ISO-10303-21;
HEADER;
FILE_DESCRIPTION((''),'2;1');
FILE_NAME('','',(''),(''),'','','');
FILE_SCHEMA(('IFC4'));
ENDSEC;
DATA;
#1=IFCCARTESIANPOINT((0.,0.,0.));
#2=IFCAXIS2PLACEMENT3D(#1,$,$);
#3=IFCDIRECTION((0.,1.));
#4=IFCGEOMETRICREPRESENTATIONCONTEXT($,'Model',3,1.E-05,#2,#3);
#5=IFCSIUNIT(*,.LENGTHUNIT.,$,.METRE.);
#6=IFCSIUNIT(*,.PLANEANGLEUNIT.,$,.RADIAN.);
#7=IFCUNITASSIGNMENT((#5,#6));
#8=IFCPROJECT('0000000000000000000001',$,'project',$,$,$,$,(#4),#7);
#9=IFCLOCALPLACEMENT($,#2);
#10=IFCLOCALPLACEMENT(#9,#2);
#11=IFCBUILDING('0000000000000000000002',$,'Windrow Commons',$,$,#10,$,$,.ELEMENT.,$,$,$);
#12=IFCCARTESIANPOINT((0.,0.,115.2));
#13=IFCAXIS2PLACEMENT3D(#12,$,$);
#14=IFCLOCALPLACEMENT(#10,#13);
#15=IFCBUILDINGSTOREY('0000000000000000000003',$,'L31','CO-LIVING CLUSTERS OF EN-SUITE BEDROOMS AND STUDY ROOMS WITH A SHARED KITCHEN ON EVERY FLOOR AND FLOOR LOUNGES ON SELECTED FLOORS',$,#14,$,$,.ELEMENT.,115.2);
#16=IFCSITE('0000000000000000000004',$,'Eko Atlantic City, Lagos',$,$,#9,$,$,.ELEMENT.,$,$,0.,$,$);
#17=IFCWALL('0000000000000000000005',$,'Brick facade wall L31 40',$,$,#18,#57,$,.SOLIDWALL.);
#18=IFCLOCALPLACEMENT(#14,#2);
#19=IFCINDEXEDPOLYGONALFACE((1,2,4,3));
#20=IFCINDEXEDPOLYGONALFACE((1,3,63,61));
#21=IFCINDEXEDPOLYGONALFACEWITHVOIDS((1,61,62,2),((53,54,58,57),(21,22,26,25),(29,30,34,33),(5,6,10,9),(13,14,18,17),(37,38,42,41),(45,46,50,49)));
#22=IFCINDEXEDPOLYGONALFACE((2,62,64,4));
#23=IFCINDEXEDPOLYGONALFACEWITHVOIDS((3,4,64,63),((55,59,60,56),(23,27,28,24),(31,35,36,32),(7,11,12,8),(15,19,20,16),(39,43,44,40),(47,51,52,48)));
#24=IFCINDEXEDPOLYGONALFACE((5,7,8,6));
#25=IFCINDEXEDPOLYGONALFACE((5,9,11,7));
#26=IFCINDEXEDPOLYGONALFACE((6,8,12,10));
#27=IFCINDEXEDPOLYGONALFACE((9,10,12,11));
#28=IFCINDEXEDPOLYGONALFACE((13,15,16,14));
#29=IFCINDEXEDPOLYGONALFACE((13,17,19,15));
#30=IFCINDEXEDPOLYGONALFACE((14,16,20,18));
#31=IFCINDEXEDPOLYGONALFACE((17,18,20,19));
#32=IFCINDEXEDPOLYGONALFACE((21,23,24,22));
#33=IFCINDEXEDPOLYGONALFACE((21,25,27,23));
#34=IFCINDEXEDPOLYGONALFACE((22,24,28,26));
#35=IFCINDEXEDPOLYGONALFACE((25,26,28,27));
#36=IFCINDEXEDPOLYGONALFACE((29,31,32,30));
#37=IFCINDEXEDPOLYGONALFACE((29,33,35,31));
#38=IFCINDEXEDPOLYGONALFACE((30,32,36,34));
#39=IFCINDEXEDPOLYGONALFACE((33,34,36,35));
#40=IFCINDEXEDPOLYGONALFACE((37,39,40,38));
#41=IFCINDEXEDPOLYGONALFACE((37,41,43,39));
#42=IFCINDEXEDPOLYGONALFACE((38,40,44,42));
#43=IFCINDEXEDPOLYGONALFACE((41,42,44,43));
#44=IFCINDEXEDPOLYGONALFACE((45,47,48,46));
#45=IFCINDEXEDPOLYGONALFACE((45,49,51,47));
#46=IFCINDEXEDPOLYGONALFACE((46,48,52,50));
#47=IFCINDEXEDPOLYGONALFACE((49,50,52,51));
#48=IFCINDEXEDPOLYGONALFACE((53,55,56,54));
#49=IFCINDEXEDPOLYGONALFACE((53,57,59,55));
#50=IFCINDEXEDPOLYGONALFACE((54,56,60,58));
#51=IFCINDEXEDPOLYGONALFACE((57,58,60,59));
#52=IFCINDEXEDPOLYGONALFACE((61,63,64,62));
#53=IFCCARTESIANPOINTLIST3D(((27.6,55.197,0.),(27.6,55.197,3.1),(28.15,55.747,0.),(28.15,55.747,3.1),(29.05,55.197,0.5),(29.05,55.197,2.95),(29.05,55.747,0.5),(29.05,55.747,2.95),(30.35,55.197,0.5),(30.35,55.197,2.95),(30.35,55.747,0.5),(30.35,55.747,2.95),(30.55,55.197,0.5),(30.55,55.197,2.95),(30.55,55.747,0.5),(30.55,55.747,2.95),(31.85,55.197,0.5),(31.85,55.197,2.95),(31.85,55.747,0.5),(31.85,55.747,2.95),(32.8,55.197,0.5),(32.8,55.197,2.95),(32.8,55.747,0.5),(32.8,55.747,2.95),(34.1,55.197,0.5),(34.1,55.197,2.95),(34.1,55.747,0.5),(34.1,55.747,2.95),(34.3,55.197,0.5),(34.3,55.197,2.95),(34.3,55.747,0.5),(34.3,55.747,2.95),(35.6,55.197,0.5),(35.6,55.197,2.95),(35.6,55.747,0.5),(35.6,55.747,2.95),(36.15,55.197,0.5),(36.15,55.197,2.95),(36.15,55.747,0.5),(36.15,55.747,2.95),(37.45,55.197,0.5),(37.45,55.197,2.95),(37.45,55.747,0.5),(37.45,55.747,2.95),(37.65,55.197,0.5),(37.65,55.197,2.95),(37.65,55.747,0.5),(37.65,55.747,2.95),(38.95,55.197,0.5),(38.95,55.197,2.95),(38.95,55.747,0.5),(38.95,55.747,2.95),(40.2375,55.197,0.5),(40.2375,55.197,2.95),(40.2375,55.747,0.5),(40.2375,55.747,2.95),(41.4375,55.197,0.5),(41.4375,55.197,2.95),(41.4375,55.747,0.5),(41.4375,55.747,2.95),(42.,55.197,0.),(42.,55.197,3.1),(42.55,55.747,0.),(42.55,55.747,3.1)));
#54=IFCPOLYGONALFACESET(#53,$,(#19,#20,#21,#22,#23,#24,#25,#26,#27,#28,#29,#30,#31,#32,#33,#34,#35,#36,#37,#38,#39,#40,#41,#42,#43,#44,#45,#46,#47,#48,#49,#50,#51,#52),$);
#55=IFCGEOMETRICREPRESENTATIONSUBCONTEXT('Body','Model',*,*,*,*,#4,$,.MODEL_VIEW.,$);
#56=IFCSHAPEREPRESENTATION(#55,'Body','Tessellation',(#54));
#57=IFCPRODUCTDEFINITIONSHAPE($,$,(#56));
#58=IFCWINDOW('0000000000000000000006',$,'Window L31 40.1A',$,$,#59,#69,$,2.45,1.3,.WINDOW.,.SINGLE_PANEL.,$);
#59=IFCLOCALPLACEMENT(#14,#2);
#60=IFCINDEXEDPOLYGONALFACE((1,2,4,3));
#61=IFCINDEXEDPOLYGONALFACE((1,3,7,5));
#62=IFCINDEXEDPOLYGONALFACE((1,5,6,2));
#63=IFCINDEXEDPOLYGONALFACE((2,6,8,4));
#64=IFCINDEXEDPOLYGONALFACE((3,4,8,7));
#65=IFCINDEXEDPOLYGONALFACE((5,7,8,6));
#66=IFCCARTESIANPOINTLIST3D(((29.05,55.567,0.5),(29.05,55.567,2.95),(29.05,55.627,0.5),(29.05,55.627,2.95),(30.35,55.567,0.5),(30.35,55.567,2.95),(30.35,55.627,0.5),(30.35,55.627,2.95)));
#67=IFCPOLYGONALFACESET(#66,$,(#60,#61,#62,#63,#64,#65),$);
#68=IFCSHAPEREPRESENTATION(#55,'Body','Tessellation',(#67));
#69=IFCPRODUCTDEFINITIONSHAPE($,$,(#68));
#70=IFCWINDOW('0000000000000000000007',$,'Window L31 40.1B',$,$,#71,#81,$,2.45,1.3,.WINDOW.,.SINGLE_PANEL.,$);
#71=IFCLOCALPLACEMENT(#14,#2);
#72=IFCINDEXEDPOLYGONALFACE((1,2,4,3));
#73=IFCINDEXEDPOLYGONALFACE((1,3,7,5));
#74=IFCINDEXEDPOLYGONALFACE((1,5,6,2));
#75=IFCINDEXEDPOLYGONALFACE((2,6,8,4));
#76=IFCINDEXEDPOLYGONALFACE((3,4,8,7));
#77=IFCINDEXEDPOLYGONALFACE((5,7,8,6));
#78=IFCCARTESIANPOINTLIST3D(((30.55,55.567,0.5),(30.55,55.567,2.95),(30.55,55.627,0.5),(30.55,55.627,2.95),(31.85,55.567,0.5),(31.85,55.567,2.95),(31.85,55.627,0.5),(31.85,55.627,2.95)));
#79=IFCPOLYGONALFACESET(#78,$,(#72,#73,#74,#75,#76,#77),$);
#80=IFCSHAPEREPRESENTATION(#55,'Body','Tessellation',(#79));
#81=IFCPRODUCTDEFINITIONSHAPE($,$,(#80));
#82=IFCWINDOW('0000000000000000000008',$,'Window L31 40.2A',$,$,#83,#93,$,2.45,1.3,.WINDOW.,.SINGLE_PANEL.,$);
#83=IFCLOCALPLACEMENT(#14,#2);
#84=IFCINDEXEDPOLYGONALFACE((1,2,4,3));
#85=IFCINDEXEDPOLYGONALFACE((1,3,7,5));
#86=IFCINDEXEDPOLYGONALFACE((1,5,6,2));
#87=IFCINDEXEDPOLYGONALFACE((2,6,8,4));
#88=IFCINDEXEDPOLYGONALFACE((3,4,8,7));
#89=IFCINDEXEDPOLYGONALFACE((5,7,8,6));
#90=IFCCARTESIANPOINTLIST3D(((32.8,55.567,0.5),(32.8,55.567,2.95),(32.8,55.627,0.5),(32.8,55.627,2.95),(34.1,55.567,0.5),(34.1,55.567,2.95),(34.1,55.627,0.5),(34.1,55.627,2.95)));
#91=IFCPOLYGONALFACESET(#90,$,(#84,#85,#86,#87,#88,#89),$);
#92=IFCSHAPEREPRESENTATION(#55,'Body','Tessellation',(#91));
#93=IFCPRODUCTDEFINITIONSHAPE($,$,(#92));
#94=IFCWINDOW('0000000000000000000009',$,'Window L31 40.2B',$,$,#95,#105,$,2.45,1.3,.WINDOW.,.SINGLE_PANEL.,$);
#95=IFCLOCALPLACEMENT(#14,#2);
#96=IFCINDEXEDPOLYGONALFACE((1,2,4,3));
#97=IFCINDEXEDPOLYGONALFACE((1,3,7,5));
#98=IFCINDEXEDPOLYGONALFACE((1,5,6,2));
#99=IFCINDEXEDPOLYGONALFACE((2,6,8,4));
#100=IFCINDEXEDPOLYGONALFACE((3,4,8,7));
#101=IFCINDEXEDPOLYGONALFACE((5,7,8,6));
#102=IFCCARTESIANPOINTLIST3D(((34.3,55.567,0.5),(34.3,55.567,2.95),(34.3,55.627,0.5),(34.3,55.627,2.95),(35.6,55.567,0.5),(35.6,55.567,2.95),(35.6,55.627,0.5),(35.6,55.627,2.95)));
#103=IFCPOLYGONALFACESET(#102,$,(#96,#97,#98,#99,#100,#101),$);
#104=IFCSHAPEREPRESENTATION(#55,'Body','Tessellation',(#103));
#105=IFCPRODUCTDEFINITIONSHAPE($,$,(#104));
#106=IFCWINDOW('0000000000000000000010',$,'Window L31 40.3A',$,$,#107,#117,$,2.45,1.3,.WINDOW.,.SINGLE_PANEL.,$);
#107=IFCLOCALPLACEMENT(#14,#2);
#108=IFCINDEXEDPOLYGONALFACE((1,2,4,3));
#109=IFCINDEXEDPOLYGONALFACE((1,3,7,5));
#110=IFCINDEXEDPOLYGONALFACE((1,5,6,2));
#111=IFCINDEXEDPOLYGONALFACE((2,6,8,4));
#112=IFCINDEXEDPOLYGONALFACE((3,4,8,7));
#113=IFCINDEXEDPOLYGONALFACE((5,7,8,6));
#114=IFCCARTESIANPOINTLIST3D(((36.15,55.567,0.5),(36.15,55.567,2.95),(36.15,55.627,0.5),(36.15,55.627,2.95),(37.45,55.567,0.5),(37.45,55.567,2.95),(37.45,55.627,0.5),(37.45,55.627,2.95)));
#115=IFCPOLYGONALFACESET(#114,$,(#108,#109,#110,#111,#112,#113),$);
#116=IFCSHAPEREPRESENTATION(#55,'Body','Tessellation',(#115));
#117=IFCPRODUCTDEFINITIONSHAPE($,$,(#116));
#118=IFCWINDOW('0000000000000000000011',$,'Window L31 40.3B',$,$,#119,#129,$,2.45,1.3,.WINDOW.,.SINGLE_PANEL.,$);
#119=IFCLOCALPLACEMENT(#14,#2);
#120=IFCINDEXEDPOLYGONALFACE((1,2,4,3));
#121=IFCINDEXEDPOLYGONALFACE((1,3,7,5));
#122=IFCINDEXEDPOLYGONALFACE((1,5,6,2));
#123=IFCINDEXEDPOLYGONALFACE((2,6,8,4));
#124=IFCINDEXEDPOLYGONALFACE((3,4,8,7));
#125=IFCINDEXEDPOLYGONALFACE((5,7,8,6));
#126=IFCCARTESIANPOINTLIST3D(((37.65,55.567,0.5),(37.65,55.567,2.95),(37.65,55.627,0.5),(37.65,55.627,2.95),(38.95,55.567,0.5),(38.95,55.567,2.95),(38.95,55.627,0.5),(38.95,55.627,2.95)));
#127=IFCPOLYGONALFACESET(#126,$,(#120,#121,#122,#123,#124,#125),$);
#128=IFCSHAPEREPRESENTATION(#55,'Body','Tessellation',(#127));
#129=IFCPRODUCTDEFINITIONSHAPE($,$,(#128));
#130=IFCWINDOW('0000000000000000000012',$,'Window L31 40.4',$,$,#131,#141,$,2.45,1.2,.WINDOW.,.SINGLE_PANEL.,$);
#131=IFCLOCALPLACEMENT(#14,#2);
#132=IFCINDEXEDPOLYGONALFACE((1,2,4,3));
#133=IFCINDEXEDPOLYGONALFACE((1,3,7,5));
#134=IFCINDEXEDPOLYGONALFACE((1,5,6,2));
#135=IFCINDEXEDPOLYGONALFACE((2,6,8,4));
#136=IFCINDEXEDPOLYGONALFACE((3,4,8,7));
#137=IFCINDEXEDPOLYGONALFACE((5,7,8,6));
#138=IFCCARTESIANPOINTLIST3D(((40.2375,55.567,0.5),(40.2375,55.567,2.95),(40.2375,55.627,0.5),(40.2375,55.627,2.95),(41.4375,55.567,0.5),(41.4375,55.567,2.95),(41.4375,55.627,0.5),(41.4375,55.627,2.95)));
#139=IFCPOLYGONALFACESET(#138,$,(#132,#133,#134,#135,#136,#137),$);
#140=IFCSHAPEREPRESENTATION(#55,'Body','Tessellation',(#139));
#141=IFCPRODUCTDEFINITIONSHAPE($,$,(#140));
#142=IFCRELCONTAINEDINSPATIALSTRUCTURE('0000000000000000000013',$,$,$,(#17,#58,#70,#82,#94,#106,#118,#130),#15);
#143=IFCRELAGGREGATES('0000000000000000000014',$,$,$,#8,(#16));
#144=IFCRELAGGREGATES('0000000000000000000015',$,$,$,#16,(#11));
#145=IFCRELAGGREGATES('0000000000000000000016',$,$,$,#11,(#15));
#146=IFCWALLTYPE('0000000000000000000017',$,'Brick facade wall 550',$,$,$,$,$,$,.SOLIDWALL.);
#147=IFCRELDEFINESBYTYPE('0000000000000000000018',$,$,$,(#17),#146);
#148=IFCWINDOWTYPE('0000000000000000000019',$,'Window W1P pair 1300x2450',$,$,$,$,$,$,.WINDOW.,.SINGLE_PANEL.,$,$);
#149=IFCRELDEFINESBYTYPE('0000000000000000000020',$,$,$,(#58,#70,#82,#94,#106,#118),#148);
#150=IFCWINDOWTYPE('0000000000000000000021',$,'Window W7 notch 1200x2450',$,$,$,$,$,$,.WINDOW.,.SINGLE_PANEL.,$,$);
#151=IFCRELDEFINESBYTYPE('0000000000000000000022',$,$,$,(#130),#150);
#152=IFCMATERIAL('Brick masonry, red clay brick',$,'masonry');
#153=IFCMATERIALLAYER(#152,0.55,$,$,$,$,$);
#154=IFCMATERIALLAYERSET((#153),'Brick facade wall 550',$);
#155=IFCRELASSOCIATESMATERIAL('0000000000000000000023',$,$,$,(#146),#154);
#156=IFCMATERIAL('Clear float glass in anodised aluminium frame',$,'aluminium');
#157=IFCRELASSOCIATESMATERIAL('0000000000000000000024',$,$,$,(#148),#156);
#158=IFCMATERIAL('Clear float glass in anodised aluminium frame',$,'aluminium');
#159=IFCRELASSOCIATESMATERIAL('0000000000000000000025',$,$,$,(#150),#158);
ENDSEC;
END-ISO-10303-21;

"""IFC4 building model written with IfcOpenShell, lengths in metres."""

from ifc_helpers import new_model, si_unit, direction, frame, frame_2d, origin, place, context, subcontext, project, spatial, polyline, rectangle, outline, extrude, material, layer, layer_set, type_object, element, fill, save


model = new_model("IFC4")

# Units and contexts
model_context = context("Model", 3, precision=1e-05, world=origin(), true_north=direction((0.0, 1.0)))
body_context = subcontext(model_context, "Body", "Model", "MODEL_VIEW")
ifc_project = project(units=[si_unit("LENGTHUNIT", "METRE"), si_unit("PLANEANGLEUNIT", "RADIAN")], contexts=[model_context])

# Site, building, storey
site_placement = place(None, origin())
site = spatial("IfcSite", under=ifc_project, at=site_placement, Name="Eko Atlantic City, Lagos", CompositionType="ELEMENT", RefElevation=0.0)
building_placement = place(site_placement, origin())
building = spatial("IfcBuilding", under=site, at=building_placement, Name="Windrow Commons", CompositionType="ELEMENT")
storey_placement = place(building_placement, frame((0.0, 0.0, 115.2)))
storey = spatial("IfcBuildingStorey", under=building, at=storey_placement, Name="L31", Description="CO-LIVING CLUSTERS OF EN-SUITE BEDROOMS AND STUDY ROOMS WITH A SHARED KITCHEN ON EVERY FLOOR AND FLOOR LOUNGES ON SELECTED FLOORS", CompositionType="ELEMENT", Elevation=115.2)

# Wall, openings, windows
ifc_material_1 = material(Name="Brick masonry, red clay brick", Category="masonry")
ifc_layer_1 = layer(ifc_material_1, 0.55)
ifc_layer_set_1 = layer_set([ifc_layer_1], Name="Brick facade wall 550")
wall_type_1 = type_object("IfcWallType", Name="Brick facade wall 550", PredefinedType="SOLIDWALL", material=ifc_layer_set_1)
wall_1_placement = place(storey_placement, frame((27.875, 55.472, 0.0), z_axis=(0.0, 0.0, 1.0), x_axis=(1.0, 0.0, 0.0)))
wall_1 = element("IfcWall", 1, at=wall_1_placement, inside=storey, type_object=wall_type_1, Name="Brick facade wall L31 40", PredefinedType="SOLIDWALL", context=body_context, shape_type="SweptSolid", body=[
    extrude(outline(polyline([(-0.275, -0.275), (14.125, -0.275), (14.675, 0.275), (0.275, 0.275), (-0.275, -0.275)])), origin(), (0.0, 0.0, 1.0), 3.1),
])
opening_1_placement = place(wall_1_placement, frame((1.175, 0.0, 0.5)))
opening_1 = element("IfcOpeningElement", 2, at=opening_1_placement, cuts=wall_1, PredefinedType="OPENING", context=body_context, shape_type="SweptSolid", body=[
    extrude(rectangle(XDim=1.3, YDim=2.45, at=frame_2d((0.65, 1.225))), frame((0.0, 0.285, 0.0), z_axis=(0.0, -1.0, 0.0), x_axis=(1.0, 0.0, 0.0)), (0.0, 0.0, 1.0), 0.57),
])
opening_2_placement = place(wall_1_placement, frame((2.675, 0.0, 0.5)))
opening_2 = element("IfcOpeningElement", 3, at=opening_2_placement, cuts=wall_1, PredefinedType="OPENING", context=body_context, shape_type="SweptSolid", body=[
    extrude(rectangle(XDim=1.3, YDim=2.45, at=frame_2d((0.65, 1.225))), frame((0.0, 0.285, 0.0), z_axis=(0.0, -1.0, 0.0), x_axis=(1.0, 0.0, 0.0)), (0.0, 0.0, 1.0), 0.57),
])
opening_3_placement = place(wall_1_placement, frame((4.925, 0.0, 0.5)))
opening_3 = element("IfcOpeningElement", 4, at=opening_3_placement, cuts=wall_1, PredefinedType="OPENING", context=body_context, shape_type="SweptSolid", body=[
    extrude(rectangle(XDim=1.3, YDim=2.45, at=frame_2d((0.65, 1.225))), frame((0.0, 0.285, 0.0), z_axis=(0.0, -1.0, 0.0), x_axis=(1.0, 0.0, 0.0)), (0.0, 0.0, 1.0), 0.57),
])
opening_4_placement = place(wall_1_placement, frame((6.425, 0.0, 0.5)))
opening_4 = element("IfcOpeningElement", 5, at=opening_4_placement, cuts=wall_1, PredefinedType="OPENING", context=body_context, shape_type="SweptSolid", body=[
    extrude(rectangle(XDim=1.3, YDim=2.45, at=frame_2d((0.65, 1.225))), frame((0.0, 0.285, 0.0), z_axis=(0.0, -1.0, 0.0), x_axis=(1.0, 0.0, 0.0)), (0.0, 0.0, 1.0), 0.57),
])
opening_5_placement = place(wall_1_placement, frame((8.275, 0.0, 0.5)))
opening_5 = element("IfcOpeningElement", 6, at=opening_5_placement, cuts=wall_1, PredefinedType="OPENING", context=body_context, shape_type="SweptSolid", body=[
    extrude(rectangle(XDim=1.3, YDim=2.45, at=frame_2d((0.65, 1.225))), frame((0.0, 0.285, 0.0), z_axis=(0.0, -1.0, 0.0), x_axis=(1.0, 0.0, 0.0)), (0.0, 0.0, 1.0), 0.57),
])
opening_6_placement = place(wall_1_placement, frame((9.775, 0.0, 0.5)))
opening_6 = element("IfcOpeningElement", 7, at=opening_6_placement, cuts=wall_1, PredefinedType="OPENING", context=body_context, shape_type="SweptSolid", body=[
    extrude(rectangle(XDim=1.3, YDim=2.45, at=frame_2d((0.65, 1.225))), frame((0.0, 0.285, 0.0), z_axis=(0.0, -1.0, 0.0), x_axis=(1.0, 0.0, 0.0)), (0.0, 0.0, 1.0), 0.57),
])
opening_7_placement = place(wall_1_placement, frame((12.3625, 0.0, 0.5)))
opening_7 = element("IfcOpeningElement", 8, at=opening_7_placement, cuts=wall_1, PredefinedType="OPENING", context=body_context, shape_type="SweptSolid", body=[
    extrude(rectangle(XDim=1.2, YDim=2.45, at=frame_2d((0.6, 1.225))), frame((0.0, 0.285, 0.0), z_axis=(0.0, -1.0, 0.0), x_axis=(1.0, 0.0, 0.0)), (0.0, 0.0, 1.0), 0.57),
])
ifc_material_2 = material(Name="Clear float glass in anodised aluminium frame", Category="aluminium")
window_type_1 = type_object("IfcWindowType", Name="Window W1P pair 1300x2450", PartitioningType="SINGLE_PANEL", PredefinedType="WINDOW", material=ifc_material_2)
window_1_placement = place(opening_1_placement, origin())
window_1 = element("IfcWindow", 9, at=window_1_placement, inside=storey, type_object=window_type_1, Name="Window L31 40.1A", OverallHeight=2.45, OverallWidth=1.3, PartitioningType="SINGLE_PANEL", PredefinedType="WINDOW", context=body_context, shape_type="SweptSolid", body=[
    extrude(rectangle(XDim=1.3, YDim=2.45, at=frame_2d((0.65, 1.225))), frame((0.0, 0.155, 0.0), z_axis=(0.0, -1.0, 0.0), x_axis=(1.0, 0.0, 0.0)), (0.0, 0.0, 1.0), 0.06),
])
fill(opening_1, window_1)
window_2_placement = place(opening_2_placement, origin())
window_2 = element("IfcWindow", 10, at=window_2_placement, inside=storey, type_object=window_type_1, Name="Window L31 40.1B", OverallHeight=2.45, OverallWidth=1.3, PartitioningType="SINGLE_PANEL", PredefinedType="WINDOW", context=body_context, shape_type="SweptSolid", body=[
    extrude(rectangle(XDim=1.3, YDim=2.45, at=frame_2d((0.65, 1.225))), frame((0.0, 0.155, 0.0), z_axis=(0.0, -1.0, 0.0), x_axis=(1.0, 0.0, 0.0)), (0.0, 0.0, 1.0), 0.06),
])
fill(opening_2, window_2)
window_3_placement = place(opening_3_placement, origin())
window_3 = element("IfcWindow", 11, at=window_3_placement, inside=storey, type_object=window_type_1, Name="Window L31 40.2A", OverallHeight=2.45, OverallWidth=1.3, PartitioningType="SINGLE_PANEL", PredefinedType="WINDOW", context=body_context, shape_type="SweptSolid", body=[
    extrude(rectangle(XDim=1.3, YDim=2.45, at=frame_2d((0.65, 1.225))), frame((0.0, 0.155, 0.0), z_axis=(0.0, -1.0, 0.0), x_axis=(1.0, 0.0, 0.0)), (0.0, 0.0, 1.0), 0.06),
])
fill(opening_3, window_3)
window_4_placement = place(opening_4_placement, origin())
window_4 = element("IfcWindow", 12, at=window_4_placement, inside=storey, type_object=window_type_1, Name="Window L31 40.2B", OverallHeight=2.45, OverallWidth=1.3, PartitioningType="SINGLE_PANEL", PredefinedType="WINDOW", context=body_context, shape_type="SweptSolid", body=[
    extrude(rectangle(XDim=1.3, YDim=2.45, at=frame_2d((0.65, 1.225))), frame((0.0, 0.155, 0.0), z_axis=(0.0, -1.0, 0.0), x_axis=(1.0, 0.0, 0.0)), (0.0, 0.0, 1.0), 0.06),
])
fill(opening_4, window_4)
window_5_placement = place(opening_5_placement, origin())
window_5 = element("IfcWindow", 13, at=window_5_placement, inside=storey, type_object=window_type_1, Name="Window L31 40.3A", OverallHeight=2.45, OverallWidth=1.3, PartitioningType="SINGLE_PANEL", PredefinedType="WINDOW", context=body_context, shape_type="SweptSolid", body=[
    extrude(rectangle(XDim=1.3, YDim=2.45, at=frame_2d((0.65, 1.225))), frame((0.0, 0.155, 0.0), z_axis=(0.0, -1.0, 0.0), x_axis=(1.0, 0.0, 0.0)), (0.0, 0.0, 1.0), 0.06),
])
fill(opening_5, window_5)
window_6_placement = place(opening_6_placement, origin())
window_6 = element("IfcWindow", 14, at=window_6_placement, inside=storey, type_object=window_type_1, Name="Window L31 40.3B", OverallHeight=2.45, OverallWidth=1.3, PartitioningType="SINGLE_PANEL", PredefinedType="WINDOW", context=body_context, shape_type="SweptSolid", body=[
    extrude(rectangle(XDim=1.3, YDim=2.45, at=frame_2d((0.65, 1.225))), frame((0.0, 0.155, 0.0), z_axis=(0.0, -1.0, 0.0), x_axis=(1.0, 0.0, 0.0)), (0.0, 0.0, 1.0), 0.06),
])
fill(opening_6, window_6)
ifc_material_3 = material(Name="Clear float glass in anodised aluminium frame", Category="aluminium")
window_type_2 = type_object("IfcWindowType", Name="Window W7 notch 1200x2450", PartitioningType="SINGLE_PANEL", PredefinedType="WINDOW", material=ifc_material_3)
window_7_placement = place(opening_7_placement, origin())
window_7 = element("IfcWindow", 15, at=window_7_placement, inside=storey, type_object=window_type_2, Name="Window L31 40.4", OverallHeight=2.45, OverallWidth=1.2, PartitioningType="SINGLE_PANEL", PredefinedType="WINDOW", context=body_context, shape_type="SweptSolid", body=[
    extrude(rectangle(XDim=1.2, YDim=2.45, at=frame_2d((0.6, 1.225))), frame((0.0, 0.155, 0.0), z_axis=(0.0, -1.0, 0.0), x_axis=(1.0, 0.0, 0.0)), (0.0, 0.0, 1.0), 0.06),
])
fill(opening_7, window_7)

save(model, "model.ifc")
